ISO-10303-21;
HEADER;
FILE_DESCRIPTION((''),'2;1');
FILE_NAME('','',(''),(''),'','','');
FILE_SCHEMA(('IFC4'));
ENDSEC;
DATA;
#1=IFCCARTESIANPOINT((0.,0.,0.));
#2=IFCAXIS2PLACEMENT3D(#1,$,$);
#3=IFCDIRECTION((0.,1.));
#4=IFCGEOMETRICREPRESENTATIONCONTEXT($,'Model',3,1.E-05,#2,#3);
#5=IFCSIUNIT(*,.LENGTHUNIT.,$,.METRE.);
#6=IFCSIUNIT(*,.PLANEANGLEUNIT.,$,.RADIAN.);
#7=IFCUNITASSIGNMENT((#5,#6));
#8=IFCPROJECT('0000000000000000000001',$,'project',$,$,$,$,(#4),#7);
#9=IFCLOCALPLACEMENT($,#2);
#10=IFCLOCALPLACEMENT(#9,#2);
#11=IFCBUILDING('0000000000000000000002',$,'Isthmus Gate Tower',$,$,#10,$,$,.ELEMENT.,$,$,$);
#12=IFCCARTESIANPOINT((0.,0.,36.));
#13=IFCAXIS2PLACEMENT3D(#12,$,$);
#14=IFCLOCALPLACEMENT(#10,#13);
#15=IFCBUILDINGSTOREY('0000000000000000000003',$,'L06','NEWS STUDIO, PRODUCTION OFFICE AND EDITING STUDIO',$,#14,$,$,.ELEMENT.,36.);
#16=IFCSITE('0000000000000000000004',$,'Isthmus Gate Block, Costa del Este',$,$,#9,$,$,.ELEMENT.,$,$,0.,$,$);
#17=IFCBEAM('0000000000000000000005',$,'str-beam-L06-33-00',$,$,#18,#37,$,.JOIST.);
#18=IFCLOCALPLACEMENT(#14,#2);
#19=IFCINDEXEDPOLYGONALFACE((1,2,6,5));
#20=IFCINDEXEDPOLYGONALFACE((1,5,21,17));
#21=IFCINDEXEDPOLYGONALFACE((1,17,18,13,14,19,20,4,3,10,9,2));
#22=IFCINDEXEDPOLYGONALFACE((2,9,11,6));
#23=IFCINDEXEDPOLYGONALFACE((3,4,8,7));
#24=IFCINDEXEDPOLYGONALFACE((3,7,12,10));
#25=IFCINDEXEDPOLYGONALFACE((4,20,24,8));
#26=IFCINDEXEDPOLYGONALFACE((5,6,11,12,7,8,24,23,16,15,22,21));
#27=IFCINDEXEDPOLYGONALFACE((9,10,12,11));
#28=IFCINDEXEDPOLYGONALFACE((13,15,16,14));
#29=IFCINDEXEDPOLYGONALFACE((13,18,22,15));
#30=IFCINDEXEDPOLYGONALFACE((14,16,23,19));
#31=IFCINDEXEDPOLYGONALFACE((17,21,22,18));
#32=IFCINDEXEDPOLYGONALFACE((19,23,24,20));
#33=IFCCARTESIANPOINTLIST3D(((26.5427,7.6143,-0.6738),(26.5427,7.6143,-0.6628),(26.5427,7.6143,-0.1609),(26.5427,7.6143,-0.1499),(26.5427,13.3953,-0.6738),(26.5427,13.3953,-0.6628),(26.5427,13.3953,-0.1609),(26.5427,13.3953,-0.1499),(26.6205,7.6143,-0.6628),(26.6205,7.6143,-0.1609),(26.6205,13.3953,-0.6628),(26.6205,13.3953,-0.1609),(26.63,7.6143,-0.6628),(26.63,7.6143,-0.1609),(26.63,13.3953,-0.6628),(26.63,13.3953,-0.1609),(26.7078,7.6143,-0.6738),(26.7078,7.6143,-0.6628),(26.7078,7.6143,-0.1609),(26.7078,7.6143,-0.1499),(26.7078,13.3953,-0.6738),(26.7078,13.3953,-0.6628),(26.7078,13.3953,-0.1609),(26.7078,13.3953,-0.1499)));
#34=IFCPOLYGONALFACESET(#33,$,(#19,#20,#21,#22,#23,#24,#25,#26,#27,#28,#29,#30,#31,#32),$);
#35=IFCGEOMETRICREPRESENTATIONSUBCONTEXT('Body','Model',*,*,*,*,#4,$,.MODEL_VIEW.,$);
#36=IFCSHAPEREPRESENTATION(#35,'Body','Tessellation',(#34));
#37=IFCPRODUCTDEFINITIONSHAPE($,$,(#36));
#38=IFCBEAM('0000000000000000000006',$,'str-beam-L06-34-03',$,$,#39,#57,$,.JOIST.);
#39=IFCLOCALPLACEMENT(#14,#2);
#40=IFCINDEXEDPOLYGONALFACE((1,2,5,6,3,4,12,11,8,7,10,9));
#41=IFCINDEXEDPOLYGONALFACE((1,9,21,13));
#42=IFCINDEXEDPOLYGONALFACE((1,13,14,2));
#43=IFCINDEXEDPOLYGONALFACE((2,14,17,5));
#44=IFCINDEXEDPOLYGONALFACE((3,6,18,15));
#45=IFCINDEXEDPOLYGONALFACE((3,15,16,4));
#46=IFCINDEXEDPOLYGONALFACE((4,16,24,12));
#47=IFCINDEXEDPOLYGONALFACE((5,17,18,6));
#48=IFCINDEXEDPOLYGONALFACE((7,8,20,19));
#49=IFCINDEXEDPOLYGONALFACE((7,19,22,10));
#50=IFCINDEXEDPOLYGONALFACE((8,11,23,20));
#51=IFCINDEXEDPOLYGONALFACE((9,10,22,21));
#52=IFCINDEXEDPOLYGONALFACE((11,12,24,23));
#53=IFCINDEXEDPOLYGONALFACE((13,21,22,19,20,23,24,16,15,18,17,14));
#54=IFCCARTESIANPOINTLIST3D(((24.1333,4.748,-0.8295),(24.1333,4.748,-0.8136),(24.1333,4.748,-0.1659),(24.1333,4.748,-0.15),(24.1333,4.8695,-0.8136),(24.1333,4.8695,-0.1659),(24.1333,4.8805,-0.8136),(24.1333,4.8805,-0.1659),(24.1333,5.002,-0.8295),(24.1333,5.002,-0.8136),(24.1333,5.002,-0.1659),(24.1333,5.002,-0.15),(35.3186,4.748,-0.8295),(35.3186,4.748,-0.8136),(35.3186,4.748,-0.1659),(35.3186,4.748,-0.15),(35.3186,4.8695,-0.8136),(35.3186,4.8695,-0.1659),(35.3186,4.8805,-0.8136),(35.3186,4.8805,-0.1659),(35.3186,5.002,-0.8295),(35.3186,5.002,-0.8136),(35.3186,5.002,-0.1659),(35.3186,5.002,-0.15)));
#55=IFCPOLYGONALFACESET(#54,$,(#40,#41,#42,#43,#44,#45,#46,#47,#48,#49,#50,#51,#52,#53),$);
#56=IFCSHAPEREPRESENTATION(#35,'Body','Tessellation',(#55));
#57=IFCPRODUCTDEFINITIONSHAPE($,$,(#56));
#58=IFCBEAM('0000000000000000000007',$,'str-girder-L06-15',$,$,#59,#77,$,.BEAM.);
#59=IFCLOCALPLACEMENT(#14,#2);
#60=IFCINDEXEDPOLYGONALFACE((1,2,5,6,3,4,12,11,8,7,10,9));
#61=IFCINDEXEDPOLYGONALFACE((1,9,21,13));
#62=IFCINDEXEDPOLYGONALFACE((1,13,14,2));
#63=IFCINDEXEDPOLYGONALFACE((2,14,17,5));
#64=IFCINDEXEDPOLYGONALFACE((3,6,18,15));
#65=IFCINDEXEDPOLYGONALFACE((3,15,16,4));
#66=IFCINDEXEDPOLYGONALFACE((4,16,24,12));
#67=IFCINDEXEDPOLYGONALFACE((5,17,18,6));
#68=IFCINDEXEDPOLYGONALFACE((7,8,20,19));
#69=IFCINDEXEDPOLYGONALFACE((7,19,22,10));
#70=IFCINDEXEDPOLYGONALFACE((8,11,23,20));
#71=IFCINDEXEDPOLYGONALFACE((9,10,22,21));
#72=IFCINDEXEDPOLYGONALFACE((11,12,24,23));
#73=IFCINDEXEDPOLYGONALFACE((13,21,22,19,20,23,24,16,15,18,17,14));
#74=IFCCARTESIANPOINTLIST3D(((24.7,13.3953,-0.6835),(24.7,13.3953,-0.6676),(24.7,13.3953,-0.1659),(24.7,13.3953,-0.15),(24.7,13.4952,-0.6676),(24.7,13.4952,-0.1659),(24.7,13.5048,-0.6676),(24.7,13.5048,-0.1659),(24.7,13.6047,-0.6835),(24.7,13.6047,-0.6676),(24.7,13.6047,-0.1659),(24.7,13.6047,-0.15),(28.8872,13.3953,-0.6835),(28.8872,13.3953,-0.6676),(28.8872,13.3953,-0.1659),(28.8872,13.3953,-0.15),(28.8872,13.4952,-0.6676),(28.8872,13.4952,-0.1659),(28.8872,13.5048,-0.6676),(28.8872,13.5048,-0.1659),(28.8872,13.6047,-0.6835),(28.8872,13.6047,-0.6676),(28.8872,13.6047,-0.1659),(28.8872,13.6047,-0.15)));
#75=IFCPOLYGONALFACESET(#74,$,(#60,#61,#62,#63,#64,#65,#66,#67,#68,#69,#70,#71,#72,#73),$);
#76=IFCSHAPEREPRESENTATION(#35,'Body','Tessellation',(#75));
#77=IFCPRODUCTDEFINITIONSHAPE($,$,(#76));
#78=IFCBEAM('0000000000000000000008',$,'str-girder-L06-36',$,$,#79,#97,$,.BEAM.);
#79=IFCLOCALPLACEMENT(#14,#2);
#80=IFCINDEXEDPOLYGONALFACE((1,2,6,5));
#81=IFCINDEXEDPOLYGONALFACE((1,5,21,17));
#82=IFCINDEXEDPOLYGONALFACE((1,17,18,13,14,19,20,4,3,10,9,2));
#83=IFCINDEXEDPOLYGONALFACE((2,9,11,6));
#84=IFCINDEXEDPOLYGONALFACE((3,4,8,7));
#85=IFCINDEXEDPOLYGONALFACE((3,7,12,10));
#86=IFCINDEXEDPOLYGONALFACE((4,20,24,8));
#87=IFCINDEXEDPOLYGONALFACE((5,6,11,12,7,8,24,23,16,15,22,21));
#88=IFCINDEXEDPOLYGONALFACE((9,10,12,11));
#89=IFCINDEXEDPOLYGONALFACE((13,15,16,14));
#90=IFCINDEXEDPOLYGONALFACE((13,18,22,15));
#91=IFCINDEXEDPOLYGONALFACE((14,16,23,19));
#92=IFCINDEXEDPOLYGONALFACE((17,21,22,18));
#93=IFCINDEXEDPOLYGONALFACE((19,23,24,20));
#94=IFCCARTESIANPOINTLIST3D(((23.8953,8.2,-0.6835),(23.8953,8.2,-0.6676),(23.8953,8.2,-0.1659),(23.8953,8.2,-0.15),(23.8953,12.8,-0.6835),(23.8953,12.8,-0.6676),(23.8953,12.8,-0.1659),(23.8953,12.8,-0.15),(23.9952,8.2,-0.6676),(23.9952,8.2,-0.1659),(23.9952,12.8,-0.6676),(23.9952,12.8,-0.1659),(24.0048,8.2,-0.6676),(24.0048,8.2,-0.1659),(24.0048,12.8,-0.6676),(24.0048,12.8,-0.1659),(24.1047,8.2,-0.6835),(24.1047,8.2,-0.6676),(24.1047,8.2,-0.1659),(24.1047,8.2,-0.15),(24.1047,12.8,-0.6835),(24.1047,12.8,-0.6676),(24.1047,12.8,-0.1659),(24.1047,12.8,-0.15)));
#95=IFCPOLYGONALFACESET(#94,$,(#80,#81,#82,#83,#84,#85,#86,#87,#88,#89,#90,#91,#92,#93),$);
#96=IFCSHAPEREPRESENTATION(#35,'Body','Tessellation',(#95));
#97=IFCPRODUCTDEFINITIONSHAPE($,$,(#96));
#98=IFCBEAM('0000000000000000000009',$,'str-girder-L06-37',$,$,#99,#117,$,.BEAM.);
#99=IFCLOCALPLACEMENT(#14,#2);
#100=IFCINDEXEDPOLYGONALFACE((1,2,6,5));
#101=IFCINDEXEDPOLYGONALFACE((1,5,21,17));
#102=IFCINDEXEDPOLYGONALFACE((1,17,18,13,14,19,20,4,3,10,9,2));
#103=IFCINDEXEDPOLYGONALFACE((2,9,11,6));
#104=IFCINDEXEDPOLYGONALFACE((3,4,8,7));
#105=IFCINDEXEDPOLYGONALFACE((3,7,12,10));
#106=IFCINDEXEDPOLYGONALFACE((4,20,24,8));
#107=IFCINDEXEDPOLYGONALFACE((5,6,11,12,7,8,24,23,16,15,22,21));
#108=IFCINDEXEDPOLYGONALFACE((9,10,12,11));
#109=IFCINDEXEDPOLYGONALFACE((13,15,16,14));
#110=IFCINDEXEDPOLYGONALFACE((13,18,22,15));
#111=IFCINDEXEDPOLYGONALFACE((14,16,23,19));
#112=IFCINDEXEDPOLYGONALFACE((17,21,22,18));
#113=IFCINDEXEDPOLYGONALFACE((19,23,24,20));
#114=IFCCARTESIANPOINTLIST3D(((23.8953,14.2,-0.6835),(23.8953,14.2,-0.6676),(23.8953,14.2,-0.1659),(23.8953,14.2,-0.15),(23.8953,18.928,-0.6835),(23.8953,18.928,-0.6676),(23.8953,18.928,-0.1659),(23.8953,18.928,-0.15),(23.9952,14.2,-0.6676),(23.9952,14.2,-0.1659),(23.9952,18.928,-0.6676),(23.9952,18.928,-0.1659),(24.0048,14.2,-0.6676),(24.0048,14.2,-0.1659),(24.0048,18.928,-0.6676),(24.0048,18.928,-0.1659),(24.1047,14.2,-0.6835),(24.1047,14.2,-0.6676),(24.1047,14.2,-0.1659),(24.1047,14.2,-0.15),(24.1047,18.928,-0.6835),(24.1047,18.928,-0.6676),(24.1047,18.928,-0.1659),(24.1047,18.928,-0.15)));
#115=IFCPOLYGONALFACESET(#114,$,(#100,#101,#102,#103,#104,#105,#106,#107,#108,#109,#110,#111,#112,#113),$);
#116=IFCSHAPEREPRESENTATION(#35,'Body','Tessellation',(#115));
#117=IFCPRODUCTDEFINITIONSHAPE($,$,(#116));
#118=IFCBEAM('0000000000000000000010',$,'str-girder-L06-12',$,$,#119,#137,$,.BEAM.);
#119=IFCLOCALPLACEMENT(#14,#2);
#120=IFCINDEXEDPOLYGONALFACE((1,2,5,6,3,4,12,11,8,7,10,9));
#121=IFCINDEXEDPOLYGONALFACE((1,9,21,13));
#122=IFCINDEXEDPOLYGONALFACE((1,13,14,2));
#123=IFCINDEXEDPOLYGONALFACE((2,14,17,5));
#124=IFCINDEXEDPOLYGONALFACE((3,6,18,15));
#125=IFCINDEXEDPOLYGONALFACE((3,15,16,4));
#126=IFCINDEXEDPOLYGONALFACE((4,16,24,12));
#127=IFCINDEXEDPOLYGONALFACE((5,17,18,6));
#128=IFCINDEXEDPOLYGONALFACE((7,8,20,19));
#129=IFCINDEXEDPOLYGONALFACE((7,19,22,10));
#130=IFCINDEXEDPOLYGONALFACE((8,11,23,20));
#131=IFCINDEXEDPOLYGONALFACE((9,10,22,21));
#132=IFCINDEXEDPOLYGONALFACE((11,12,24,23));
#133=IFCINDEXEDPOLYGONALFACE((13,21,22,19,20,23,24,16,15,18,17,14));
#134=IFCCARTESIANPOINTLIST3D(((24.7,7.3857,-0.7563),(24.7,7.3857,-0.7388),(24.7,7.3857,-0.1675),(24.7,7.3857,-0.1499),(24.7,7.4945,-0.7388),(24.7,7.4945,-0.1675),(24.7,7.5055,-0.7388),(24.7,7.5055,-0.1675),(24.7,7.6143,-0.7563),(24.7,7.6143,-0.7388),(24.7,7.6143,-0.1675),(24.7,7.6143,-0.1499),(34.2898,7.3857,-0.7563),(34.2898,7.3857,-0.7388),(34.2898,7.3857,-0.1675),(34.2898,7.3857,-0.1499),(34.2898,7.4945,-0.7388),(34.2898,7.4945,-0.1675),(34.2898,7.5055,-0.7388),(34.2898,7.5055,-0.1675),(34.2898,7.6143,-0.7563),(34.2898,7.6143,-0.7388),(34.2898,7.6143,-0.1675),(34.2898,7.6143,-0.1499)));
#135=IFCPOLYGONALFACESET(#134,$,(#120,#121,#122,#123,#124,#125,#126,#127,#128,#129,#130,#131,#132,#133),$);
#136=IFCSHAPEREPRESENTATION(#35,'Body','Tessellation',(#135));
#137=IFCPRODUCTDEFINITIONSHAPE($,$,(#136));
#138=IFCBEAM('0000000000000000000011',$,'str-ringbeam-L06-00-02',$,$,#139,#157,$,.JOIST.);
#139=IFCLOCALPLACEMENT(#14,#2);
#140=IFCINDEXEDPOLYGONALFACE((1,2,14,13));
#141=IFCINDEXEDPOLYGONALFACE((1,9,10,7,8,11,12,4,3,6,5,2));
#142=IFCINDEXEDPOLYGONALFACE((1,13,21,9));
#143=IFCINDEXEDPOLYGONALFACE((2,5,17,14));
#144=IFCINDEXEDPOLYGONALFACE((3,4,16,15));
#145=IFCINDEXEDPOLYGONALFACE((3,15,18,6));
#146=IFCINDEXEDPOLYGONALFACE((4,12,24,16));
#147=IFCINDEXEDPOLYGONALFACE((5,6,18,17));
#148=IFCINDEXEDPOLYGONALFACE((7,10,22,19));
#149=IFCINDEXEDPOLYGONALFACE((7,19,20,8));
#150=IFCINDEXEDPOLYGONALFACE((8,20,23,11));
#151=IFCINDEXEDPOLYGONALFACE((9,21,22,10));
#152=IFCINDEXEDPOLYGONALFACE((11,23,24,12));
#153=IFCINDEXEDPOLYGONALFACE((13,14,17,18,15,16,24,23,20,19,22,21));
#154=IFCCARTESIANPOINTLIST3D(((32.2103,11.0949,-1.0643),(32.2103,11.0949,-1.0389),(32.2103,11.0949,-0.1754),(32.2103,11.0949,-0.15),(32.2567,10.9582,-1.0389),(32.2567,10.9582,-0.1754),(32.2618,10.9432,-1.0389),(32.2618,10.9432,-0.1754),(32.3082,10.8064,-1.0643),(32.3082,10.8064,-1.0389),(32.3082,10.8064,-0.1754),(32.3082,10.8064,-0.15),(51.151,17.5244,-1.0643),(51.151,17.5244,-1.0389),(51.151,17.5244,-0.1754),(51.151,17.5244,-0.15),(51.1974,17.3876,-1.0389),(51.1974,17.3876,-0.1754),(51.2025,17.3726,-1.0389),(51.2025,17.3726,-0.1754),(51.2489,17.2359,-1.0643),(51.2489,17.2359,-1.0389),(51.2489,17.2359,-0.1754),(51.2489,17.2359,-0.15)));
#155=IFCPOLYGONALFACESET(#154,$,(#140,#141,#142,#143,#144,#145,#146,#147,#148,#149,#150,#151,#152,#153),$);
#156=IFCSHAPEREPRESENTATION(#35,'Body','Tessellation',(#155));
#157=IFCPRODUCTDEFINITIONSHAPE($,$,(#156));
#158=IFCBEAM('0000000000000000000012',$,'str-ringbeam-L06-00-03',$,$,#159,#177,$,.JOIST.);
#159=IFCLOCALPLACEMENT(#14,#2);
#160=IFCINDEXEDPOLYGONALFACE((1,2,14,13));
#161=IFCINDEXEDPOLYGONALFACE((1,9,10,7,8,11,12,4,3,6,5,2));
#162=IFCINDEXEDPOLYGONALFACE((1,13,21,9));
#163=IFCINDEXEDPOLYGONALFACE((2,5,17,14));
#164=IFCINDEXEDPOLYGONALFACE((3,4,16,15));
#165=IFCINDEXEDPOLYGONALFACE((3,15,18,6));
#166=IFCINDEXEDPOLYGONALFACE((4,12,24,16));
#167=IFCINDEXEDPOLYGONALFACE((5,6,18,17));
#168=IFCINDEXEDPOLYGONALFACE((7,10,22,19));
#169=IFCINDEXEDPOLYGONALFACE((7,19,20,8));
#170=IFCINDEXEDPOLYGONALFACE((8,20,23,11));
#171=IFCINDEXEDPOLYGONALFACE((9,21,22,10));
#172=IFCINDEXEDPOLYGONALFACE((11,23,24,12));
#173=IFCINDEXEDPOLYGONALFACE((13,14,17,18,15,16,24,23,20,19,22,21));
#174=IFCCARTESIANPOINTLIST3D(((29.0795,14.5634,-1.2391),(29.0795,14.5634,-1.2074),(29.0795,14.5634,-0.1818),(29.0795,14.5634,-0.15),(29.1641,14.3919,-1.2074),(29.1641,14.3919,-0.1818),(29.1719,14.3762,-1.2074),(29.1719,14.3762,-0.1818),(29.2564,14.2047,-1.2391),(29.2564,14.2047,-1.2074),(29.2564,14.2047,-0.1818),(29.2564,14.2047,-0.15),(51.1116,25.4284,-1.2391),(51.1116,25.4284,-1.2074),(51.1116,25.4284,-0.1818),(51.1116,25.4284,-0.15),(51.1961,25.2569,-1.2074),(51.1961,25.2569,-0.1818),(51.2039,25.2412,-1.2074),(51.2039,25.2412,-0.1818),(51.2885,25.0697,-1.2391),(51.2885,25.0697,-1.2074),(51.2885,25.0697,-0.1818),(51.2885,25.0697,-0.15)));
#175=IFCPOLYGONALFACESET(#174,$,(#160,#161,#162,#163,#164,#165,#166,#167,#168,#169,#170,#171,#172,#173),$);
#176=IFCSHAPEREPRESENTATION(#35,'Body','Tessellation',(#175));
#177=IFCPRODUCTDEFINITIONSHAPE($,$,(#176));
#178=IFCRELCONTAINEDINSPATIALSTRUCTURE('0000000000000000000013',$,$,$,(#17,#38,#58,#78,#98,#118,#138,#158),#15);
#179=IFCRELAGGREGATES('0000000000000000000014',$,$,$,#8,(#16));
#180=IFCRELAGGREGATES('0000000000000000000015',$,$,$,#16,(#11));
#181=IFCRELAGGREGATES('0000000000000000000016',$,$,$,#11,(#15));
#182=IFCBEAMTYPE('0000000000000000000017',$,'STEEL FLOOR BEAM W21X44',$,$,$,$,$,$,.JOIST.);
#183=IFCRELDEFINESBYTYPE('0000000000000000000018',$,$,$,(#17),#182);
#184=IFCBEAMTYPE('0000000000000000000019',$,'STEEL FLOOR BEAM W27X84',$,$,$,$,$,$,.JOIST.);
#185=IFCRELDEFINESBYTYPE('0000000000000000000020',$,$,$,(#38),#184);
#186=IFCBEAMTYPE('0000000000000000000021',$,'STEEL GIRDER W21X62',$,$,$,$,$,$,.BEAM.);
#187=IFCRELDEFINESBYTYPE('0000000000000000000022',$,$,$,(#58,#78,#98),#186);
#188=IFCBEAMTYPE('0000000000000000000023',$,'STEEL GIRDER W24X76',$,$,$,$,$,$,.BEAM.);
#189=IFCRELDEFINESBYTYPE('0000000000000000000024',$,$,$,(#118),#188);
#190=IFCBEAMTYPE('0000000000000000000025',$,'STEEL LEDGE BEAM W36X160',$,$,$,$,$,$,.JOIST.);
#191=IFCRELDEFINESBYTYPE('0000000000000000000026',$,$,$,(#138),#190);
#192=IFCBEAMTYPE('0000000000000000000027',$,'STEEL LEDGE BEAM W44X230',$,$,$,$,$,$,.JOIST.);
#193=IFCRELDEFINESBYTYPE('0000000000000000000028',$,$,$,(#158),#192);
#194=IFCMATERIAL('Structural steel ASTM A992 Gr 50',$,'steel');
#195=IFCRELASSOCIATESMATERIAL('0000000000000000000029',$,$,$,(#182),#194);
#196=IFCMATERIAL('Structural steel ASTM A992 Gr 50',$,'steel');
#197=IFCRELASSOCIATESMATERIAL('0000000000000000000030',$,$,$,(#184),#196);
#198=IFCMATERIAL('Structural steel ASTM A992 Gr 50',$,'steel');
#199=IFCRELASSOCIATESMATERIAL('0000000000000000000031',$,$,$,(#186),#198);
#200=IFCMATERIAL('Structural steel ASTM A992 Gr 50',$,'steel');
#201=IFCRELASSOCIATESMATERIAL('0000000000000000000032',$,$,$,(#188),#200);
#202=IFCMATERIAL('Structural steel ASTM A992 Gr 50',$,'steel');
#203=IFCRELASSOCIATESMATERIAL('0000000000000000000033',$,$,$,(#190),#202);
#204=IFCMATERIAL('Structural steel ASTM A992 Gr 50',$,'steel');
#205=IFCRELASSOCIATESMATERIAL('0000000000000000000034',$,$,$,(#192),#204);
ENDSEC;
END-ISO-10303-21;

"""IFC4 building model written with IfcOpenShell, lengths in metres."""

from ifc_helpers import new_model, si_unit, direction, frame, origin, origin_2d, place, context, subcontext, project, spatial, i_section, extrude, material, material_profile, profile_set, type_object, element, save


model = new_model("IFC4")

# Units and contexts
model_context = context("Model", 3, precision=1e-05, world=origin(), true_north=direction((0.0, 1.0)))
body_context = subcontext(model_context, "Body", "Model", "MODEL_VIEW")
ifc_project = project(units=[si_unit("LENGTHUNIT", "METRE"), si_unit("PLANEANGLEUNIT", "RADIAN")], contexts=[model_context])

# Site, building, storey
site_placement = place(None, origin())
site = spatial("IfcSite", under=ifc_project, at=site_placement, Name="Isthmus Gate Block, Costa del Este", CompositionType="ELEMENT", RefElevation=0.0)
building_placement = place(site_placement, origin())
building = spatial("IfcBuilding", under=site, at=building_placement, Name="Isthmus Gate Tower", CompositionType="ELEMENT")
storey_placement = place(building_placement, frame((0.0, 0.0, 36.0)))
storey = spatial("IfcBuildingStorey", under=building, at=storey_placement, Name="L06", Description="NEWS STUDIO, PRODUCTION OFFICE AND EDITING STUDIO", CompositionType="ELEMENT", Elevation=36.0)

# Beams
ifc_material_1 = material(Name="Structural steel ASTM A992 Gr 50", Category="steel")
ifc_material_profile_1 = material_profile(ifc_material_1, i_section(OverallWidth=0.165, OverallDepth=0.5239, WebThickness=0.0095, FlangeThickness=0.011, at=origin_2d()), Name="W21X44")
ifc_profile_set_1 = profile_set([ifc_material_profile_1], Name="Structural steel ASTM A992 Gr 50")
beam_type_1 = type_object("IfcBeamType", Name="STEEL FLOOR BEAM W21X44", PredefinedType="JOIST", material=ifc_profile_set_1)
beam_1_placement = place(storey_placement, frame((26.6252, 7.6143, -0.4119), z_axis=(0.0, 1.0, 0.0), x_axis=(-1.0, 0.0, 0.0)))
element("IfcBeam", 1, at=beam_1_placement, inside=storey, type_object=beam_type_1, Name="str-beam-L06-33-00", PredefinedType="JOIST", context=body_context, shape_type="SweptSolid", body=[
    extrude(i_section(OverallWidth=0.165, OverallDepth=0.5239, WebThickness=0.0095, FlangeThickness=0.011, at=origin_2d()), origin(), (0.0, 0.0, 1.0), 5.781),
])
ifc_material_2 = material(Name="Structural steel ASTM A992 Gr 50", Category="steel")
ifc_material_profile_2 = material_profile(ifc_material_2, i_section(OverallWidth=0.2539, OverallDepth=0.6794, WebThickness=0.011, FlangeThickness=0.0159, at=origin_2d()), Name="W27X84")
ifc_profile_set_2 = profile_set([ifc_material_profile_2], Name="Structural steel ASTM A992 Gr 50")
beam_type_2 = type_object("IfcBeamType", Name="STEEL FLOOR BEAM W27X84", PredefinedType="JOIST", material=ifc_profile_set_2)
beam_2_placement = place(storey_placement, frame((24.1333, 4.875, -0.4897), z_axis=(1.0, 0.0, 0.0), x_axis=(0.0, 1.0, 0.0)))
element("IfcBeam", 2, at=beam_2_placement, inside=storey, type_object=beam_type_2, Name="str-beam-L06-34-03", PredefinedType="JOIST", context=body_context, shape_type="SweptSolid", body=[
    extrude(i_section(OverallWidth=0.2539, OverallDepth=0.6794, WebThickness=0.011, FlangeThickness=0.0159, at=origin_2d()), origin(), (0.0, 0.0, 1.0), 11.1853),
])
ifc_material_3 = material(Name="Structural steel ASTM A992 Gr 50", Category="steel")
ifc_material_profile_3 = material_profile(ifc_material_3, i_section(OverallWidth=0.2095, OverallDepth=0.5334, WebThickness=0.0095, FlangeThickness=0.0159, at=origin_2d()), Name="W21X62")
ifc_profile_set_3 = profile_set([ifc_material_profile_3], Name="Structural steel ASTM A992 Gr 50")
beam_type_3 = type_object("IfcBeamType", Name="STEEL GIRDER W21X62", PredefinedType="BEAM", material=ifc_profile_set_3)
beam_3_placement = place(storey_placement, frame((24.7, 13.5, -0.4167), z_axis=(1.0, 0.0, 0.0), x_axis=(0.0, 1.0, 0.0)))
element("IfcBeam", 3, at=beam_3_placement, inside=storey, type_object=beam_type_3, Name="str-girder-L06-15", PredefinedType="BEAM", context=body_context, shape_type="SweptSolid", body=[
    extrude(i_section(OverallWidth=0.2095, OverallDepth=0.5334, WebThickness=0.0095, FlangeThickness=0.0159, at=origin_2d()), origin(), (0.0, 0.0, 1.0), 4.1873),
])
beam_4_placement = place(storey_placement, frame((24.0, 8.2, -0.4167), z_axis=(0.0, 1.0, 0.0), x_axis=(-1.0, 0.0, 0.0)))
element("IfcBeam", 4, at=beam_4_placement, inside=storey, type_object=beam_type_3, Name="str-girder-L06-36", PredefinedType="BEAM", context=body_context, shape_type="SweptSolid", body=[
    extrude(i_section(OverallWidth=0.2095, OverallDepth=0.5334, WebThickness=0.0095, FlangeThickness=0.0159, at=origin_2d()), origin(), (0.0, 0.0, 1.0), 4.6001),
])
beam_5_placement = place(storey_placement, frame((24.0, 14.2, -0.4167), z_axis=(0.0, 1.0, 0.0), x_axis=(-1.0, 0.0, 0.0)))
element("IfcBeam", 5, at=beam_5_placement, inside=storey, type_object=beam_type_3, Name="str-girder-L06-37", PredefinedType="BEAM", context=body_context, shape_type="SweptSolid", body=[
    extrude(i_section(OverallWidth=0.2095, OverallDepth=0.5334, WebThickness=0.0095, FlangeThickness=0.0159, at=origin_2d()), origin(), (0.0, 0.0, 1.0), 4.728),
])
ifc_material_4 = material(Name="Structural steel ASTM A992 Gr 50", Category="steel")
ifc_material_profile_4 = material_profile(ifc_material_4, i_section(OverallWidth=0.2285, OverallDepth=0.6064, WebThickness=0.011, FlangeThickness=0.0176, at=origin_2d()), Name="W24X76")
ifc_profile_set_4 = profile_set([ifc_material_profile_4], Name="Structural steel ASTM A992 Gr 50")
beam_type_4 = type_object("IfcBeamType", Name="STEEL GIRDER W24X76", PredefinedType="BEAM", material=ifc_profile_set_4)
beam_6_placement = place(storey_placement, frame((24.7, 7.5, -0.4531), z_axis=(1.0, 0.0, 0.0), x_axis=(0.0, 1.0, 0.0)))
element("IfcBeam", 6, at=beam_6_placement, inside=storey, type_object=beam_type_4, Name="str-girder-L06-12", PredefinedType="BEAM", context=body_context, shape_type="SweptSolid", body=[
    extrude(i_section(OverallWidth=0.2285, OverallDepth=0.6064, WebThickness=0.011, FlangeThickness=0.0176, at=origin_2d()), origin(), (0.0, 0.0, 1.0), 9.5898),
])
ifc_material_5 = material(Name="Structural steel ASTM A992 Gr 50", Category="steel")
ifc_material_profile_5 = material_profile(ifc_material_5, i_section(OverallWidth=0.3047, OverallDepth=0.9143, WebThickness=0.0159, FlangeThickness=0.0254, at=origin_2d()), Name="W36X160")
ifc_profile_set_5 = profile_set([ifc_material_profile_5], Name="Structural steel ASTM A992 Gr 50")
beam_type_5 = type_object("IfcBeamType", Name="STEEL LEDGE BEAM W36X160", PredefinedType="JOIST", material=ifc_profile_set_5)
beam_7_placement = place(storey_placement, frame((32.2593, 10.9507, -0.6072), z_axis=(0.946931, 0.321437, 0.0), x_axis=(-0.321437, 0.946931, 0.0)))
element("IfcBeam", 7, at=beam_7_placement, inside=storey, type_object=beam_type_5, Name="str-ringbeam-L06-00-02", PredefinedType="JOIST", context=body_context, shape_type="SweptSolid", body=[
    extrude(i_section(OverallWidth=0.3047, OverallDepth=0.9143, WebThickness=0.0159, FlangeThickness=0.0254, at=origin_2d()), origin(), (0.0, 0.0, 1.0), 20.0022),
])
ifc_material_6 = material(Name="Structural steel ASTM A992 Gr 50", Category="steel")
ifc_material_profile_6 = material_profile(ifc_material_6, i_section(OverallWidth=0.3999, OverallDepth=1.0891, WebThickness=0.0176, FlangeThickness=0.0317, at=origin_2d()), Name="W44X230")
ifc_profile_set_6 = profile_set([ifc_material_profile_6], Name="Structural steel ASTM A992 Gr 50")
beam_type_6 = type_object("IfcBeamType", Name="STEEL LEDGE BEAM W44X230", PredefinedType="JOIST", material=ifc_profile_set_6)
beam_8_placement = place(storey_placement, frame((29.168, 14.384, -0.6946), z_axis=(0.896872, 0.442289, 0.0), x_axis=(-0.442289, 0.896872, 0.0)))
element("IfcBeam", 8, at=beam_8_placement, inside=storey, type_object=beam_type_6, Name="str-ringbeam-L06-00-03", PredefinedType="JOIST", context=body_context, shape_type="SweptSolid", body=[
    extrude(i_section(OverallWidth=0.3999, OverallDepth=1.0891, WebThickness=0.0176, FlangeThickness=0.0317, at=origin_2d()), origin(), (0.0, 0.0, 1.0), 24.5654),
])

save(model, "model.ifc")
